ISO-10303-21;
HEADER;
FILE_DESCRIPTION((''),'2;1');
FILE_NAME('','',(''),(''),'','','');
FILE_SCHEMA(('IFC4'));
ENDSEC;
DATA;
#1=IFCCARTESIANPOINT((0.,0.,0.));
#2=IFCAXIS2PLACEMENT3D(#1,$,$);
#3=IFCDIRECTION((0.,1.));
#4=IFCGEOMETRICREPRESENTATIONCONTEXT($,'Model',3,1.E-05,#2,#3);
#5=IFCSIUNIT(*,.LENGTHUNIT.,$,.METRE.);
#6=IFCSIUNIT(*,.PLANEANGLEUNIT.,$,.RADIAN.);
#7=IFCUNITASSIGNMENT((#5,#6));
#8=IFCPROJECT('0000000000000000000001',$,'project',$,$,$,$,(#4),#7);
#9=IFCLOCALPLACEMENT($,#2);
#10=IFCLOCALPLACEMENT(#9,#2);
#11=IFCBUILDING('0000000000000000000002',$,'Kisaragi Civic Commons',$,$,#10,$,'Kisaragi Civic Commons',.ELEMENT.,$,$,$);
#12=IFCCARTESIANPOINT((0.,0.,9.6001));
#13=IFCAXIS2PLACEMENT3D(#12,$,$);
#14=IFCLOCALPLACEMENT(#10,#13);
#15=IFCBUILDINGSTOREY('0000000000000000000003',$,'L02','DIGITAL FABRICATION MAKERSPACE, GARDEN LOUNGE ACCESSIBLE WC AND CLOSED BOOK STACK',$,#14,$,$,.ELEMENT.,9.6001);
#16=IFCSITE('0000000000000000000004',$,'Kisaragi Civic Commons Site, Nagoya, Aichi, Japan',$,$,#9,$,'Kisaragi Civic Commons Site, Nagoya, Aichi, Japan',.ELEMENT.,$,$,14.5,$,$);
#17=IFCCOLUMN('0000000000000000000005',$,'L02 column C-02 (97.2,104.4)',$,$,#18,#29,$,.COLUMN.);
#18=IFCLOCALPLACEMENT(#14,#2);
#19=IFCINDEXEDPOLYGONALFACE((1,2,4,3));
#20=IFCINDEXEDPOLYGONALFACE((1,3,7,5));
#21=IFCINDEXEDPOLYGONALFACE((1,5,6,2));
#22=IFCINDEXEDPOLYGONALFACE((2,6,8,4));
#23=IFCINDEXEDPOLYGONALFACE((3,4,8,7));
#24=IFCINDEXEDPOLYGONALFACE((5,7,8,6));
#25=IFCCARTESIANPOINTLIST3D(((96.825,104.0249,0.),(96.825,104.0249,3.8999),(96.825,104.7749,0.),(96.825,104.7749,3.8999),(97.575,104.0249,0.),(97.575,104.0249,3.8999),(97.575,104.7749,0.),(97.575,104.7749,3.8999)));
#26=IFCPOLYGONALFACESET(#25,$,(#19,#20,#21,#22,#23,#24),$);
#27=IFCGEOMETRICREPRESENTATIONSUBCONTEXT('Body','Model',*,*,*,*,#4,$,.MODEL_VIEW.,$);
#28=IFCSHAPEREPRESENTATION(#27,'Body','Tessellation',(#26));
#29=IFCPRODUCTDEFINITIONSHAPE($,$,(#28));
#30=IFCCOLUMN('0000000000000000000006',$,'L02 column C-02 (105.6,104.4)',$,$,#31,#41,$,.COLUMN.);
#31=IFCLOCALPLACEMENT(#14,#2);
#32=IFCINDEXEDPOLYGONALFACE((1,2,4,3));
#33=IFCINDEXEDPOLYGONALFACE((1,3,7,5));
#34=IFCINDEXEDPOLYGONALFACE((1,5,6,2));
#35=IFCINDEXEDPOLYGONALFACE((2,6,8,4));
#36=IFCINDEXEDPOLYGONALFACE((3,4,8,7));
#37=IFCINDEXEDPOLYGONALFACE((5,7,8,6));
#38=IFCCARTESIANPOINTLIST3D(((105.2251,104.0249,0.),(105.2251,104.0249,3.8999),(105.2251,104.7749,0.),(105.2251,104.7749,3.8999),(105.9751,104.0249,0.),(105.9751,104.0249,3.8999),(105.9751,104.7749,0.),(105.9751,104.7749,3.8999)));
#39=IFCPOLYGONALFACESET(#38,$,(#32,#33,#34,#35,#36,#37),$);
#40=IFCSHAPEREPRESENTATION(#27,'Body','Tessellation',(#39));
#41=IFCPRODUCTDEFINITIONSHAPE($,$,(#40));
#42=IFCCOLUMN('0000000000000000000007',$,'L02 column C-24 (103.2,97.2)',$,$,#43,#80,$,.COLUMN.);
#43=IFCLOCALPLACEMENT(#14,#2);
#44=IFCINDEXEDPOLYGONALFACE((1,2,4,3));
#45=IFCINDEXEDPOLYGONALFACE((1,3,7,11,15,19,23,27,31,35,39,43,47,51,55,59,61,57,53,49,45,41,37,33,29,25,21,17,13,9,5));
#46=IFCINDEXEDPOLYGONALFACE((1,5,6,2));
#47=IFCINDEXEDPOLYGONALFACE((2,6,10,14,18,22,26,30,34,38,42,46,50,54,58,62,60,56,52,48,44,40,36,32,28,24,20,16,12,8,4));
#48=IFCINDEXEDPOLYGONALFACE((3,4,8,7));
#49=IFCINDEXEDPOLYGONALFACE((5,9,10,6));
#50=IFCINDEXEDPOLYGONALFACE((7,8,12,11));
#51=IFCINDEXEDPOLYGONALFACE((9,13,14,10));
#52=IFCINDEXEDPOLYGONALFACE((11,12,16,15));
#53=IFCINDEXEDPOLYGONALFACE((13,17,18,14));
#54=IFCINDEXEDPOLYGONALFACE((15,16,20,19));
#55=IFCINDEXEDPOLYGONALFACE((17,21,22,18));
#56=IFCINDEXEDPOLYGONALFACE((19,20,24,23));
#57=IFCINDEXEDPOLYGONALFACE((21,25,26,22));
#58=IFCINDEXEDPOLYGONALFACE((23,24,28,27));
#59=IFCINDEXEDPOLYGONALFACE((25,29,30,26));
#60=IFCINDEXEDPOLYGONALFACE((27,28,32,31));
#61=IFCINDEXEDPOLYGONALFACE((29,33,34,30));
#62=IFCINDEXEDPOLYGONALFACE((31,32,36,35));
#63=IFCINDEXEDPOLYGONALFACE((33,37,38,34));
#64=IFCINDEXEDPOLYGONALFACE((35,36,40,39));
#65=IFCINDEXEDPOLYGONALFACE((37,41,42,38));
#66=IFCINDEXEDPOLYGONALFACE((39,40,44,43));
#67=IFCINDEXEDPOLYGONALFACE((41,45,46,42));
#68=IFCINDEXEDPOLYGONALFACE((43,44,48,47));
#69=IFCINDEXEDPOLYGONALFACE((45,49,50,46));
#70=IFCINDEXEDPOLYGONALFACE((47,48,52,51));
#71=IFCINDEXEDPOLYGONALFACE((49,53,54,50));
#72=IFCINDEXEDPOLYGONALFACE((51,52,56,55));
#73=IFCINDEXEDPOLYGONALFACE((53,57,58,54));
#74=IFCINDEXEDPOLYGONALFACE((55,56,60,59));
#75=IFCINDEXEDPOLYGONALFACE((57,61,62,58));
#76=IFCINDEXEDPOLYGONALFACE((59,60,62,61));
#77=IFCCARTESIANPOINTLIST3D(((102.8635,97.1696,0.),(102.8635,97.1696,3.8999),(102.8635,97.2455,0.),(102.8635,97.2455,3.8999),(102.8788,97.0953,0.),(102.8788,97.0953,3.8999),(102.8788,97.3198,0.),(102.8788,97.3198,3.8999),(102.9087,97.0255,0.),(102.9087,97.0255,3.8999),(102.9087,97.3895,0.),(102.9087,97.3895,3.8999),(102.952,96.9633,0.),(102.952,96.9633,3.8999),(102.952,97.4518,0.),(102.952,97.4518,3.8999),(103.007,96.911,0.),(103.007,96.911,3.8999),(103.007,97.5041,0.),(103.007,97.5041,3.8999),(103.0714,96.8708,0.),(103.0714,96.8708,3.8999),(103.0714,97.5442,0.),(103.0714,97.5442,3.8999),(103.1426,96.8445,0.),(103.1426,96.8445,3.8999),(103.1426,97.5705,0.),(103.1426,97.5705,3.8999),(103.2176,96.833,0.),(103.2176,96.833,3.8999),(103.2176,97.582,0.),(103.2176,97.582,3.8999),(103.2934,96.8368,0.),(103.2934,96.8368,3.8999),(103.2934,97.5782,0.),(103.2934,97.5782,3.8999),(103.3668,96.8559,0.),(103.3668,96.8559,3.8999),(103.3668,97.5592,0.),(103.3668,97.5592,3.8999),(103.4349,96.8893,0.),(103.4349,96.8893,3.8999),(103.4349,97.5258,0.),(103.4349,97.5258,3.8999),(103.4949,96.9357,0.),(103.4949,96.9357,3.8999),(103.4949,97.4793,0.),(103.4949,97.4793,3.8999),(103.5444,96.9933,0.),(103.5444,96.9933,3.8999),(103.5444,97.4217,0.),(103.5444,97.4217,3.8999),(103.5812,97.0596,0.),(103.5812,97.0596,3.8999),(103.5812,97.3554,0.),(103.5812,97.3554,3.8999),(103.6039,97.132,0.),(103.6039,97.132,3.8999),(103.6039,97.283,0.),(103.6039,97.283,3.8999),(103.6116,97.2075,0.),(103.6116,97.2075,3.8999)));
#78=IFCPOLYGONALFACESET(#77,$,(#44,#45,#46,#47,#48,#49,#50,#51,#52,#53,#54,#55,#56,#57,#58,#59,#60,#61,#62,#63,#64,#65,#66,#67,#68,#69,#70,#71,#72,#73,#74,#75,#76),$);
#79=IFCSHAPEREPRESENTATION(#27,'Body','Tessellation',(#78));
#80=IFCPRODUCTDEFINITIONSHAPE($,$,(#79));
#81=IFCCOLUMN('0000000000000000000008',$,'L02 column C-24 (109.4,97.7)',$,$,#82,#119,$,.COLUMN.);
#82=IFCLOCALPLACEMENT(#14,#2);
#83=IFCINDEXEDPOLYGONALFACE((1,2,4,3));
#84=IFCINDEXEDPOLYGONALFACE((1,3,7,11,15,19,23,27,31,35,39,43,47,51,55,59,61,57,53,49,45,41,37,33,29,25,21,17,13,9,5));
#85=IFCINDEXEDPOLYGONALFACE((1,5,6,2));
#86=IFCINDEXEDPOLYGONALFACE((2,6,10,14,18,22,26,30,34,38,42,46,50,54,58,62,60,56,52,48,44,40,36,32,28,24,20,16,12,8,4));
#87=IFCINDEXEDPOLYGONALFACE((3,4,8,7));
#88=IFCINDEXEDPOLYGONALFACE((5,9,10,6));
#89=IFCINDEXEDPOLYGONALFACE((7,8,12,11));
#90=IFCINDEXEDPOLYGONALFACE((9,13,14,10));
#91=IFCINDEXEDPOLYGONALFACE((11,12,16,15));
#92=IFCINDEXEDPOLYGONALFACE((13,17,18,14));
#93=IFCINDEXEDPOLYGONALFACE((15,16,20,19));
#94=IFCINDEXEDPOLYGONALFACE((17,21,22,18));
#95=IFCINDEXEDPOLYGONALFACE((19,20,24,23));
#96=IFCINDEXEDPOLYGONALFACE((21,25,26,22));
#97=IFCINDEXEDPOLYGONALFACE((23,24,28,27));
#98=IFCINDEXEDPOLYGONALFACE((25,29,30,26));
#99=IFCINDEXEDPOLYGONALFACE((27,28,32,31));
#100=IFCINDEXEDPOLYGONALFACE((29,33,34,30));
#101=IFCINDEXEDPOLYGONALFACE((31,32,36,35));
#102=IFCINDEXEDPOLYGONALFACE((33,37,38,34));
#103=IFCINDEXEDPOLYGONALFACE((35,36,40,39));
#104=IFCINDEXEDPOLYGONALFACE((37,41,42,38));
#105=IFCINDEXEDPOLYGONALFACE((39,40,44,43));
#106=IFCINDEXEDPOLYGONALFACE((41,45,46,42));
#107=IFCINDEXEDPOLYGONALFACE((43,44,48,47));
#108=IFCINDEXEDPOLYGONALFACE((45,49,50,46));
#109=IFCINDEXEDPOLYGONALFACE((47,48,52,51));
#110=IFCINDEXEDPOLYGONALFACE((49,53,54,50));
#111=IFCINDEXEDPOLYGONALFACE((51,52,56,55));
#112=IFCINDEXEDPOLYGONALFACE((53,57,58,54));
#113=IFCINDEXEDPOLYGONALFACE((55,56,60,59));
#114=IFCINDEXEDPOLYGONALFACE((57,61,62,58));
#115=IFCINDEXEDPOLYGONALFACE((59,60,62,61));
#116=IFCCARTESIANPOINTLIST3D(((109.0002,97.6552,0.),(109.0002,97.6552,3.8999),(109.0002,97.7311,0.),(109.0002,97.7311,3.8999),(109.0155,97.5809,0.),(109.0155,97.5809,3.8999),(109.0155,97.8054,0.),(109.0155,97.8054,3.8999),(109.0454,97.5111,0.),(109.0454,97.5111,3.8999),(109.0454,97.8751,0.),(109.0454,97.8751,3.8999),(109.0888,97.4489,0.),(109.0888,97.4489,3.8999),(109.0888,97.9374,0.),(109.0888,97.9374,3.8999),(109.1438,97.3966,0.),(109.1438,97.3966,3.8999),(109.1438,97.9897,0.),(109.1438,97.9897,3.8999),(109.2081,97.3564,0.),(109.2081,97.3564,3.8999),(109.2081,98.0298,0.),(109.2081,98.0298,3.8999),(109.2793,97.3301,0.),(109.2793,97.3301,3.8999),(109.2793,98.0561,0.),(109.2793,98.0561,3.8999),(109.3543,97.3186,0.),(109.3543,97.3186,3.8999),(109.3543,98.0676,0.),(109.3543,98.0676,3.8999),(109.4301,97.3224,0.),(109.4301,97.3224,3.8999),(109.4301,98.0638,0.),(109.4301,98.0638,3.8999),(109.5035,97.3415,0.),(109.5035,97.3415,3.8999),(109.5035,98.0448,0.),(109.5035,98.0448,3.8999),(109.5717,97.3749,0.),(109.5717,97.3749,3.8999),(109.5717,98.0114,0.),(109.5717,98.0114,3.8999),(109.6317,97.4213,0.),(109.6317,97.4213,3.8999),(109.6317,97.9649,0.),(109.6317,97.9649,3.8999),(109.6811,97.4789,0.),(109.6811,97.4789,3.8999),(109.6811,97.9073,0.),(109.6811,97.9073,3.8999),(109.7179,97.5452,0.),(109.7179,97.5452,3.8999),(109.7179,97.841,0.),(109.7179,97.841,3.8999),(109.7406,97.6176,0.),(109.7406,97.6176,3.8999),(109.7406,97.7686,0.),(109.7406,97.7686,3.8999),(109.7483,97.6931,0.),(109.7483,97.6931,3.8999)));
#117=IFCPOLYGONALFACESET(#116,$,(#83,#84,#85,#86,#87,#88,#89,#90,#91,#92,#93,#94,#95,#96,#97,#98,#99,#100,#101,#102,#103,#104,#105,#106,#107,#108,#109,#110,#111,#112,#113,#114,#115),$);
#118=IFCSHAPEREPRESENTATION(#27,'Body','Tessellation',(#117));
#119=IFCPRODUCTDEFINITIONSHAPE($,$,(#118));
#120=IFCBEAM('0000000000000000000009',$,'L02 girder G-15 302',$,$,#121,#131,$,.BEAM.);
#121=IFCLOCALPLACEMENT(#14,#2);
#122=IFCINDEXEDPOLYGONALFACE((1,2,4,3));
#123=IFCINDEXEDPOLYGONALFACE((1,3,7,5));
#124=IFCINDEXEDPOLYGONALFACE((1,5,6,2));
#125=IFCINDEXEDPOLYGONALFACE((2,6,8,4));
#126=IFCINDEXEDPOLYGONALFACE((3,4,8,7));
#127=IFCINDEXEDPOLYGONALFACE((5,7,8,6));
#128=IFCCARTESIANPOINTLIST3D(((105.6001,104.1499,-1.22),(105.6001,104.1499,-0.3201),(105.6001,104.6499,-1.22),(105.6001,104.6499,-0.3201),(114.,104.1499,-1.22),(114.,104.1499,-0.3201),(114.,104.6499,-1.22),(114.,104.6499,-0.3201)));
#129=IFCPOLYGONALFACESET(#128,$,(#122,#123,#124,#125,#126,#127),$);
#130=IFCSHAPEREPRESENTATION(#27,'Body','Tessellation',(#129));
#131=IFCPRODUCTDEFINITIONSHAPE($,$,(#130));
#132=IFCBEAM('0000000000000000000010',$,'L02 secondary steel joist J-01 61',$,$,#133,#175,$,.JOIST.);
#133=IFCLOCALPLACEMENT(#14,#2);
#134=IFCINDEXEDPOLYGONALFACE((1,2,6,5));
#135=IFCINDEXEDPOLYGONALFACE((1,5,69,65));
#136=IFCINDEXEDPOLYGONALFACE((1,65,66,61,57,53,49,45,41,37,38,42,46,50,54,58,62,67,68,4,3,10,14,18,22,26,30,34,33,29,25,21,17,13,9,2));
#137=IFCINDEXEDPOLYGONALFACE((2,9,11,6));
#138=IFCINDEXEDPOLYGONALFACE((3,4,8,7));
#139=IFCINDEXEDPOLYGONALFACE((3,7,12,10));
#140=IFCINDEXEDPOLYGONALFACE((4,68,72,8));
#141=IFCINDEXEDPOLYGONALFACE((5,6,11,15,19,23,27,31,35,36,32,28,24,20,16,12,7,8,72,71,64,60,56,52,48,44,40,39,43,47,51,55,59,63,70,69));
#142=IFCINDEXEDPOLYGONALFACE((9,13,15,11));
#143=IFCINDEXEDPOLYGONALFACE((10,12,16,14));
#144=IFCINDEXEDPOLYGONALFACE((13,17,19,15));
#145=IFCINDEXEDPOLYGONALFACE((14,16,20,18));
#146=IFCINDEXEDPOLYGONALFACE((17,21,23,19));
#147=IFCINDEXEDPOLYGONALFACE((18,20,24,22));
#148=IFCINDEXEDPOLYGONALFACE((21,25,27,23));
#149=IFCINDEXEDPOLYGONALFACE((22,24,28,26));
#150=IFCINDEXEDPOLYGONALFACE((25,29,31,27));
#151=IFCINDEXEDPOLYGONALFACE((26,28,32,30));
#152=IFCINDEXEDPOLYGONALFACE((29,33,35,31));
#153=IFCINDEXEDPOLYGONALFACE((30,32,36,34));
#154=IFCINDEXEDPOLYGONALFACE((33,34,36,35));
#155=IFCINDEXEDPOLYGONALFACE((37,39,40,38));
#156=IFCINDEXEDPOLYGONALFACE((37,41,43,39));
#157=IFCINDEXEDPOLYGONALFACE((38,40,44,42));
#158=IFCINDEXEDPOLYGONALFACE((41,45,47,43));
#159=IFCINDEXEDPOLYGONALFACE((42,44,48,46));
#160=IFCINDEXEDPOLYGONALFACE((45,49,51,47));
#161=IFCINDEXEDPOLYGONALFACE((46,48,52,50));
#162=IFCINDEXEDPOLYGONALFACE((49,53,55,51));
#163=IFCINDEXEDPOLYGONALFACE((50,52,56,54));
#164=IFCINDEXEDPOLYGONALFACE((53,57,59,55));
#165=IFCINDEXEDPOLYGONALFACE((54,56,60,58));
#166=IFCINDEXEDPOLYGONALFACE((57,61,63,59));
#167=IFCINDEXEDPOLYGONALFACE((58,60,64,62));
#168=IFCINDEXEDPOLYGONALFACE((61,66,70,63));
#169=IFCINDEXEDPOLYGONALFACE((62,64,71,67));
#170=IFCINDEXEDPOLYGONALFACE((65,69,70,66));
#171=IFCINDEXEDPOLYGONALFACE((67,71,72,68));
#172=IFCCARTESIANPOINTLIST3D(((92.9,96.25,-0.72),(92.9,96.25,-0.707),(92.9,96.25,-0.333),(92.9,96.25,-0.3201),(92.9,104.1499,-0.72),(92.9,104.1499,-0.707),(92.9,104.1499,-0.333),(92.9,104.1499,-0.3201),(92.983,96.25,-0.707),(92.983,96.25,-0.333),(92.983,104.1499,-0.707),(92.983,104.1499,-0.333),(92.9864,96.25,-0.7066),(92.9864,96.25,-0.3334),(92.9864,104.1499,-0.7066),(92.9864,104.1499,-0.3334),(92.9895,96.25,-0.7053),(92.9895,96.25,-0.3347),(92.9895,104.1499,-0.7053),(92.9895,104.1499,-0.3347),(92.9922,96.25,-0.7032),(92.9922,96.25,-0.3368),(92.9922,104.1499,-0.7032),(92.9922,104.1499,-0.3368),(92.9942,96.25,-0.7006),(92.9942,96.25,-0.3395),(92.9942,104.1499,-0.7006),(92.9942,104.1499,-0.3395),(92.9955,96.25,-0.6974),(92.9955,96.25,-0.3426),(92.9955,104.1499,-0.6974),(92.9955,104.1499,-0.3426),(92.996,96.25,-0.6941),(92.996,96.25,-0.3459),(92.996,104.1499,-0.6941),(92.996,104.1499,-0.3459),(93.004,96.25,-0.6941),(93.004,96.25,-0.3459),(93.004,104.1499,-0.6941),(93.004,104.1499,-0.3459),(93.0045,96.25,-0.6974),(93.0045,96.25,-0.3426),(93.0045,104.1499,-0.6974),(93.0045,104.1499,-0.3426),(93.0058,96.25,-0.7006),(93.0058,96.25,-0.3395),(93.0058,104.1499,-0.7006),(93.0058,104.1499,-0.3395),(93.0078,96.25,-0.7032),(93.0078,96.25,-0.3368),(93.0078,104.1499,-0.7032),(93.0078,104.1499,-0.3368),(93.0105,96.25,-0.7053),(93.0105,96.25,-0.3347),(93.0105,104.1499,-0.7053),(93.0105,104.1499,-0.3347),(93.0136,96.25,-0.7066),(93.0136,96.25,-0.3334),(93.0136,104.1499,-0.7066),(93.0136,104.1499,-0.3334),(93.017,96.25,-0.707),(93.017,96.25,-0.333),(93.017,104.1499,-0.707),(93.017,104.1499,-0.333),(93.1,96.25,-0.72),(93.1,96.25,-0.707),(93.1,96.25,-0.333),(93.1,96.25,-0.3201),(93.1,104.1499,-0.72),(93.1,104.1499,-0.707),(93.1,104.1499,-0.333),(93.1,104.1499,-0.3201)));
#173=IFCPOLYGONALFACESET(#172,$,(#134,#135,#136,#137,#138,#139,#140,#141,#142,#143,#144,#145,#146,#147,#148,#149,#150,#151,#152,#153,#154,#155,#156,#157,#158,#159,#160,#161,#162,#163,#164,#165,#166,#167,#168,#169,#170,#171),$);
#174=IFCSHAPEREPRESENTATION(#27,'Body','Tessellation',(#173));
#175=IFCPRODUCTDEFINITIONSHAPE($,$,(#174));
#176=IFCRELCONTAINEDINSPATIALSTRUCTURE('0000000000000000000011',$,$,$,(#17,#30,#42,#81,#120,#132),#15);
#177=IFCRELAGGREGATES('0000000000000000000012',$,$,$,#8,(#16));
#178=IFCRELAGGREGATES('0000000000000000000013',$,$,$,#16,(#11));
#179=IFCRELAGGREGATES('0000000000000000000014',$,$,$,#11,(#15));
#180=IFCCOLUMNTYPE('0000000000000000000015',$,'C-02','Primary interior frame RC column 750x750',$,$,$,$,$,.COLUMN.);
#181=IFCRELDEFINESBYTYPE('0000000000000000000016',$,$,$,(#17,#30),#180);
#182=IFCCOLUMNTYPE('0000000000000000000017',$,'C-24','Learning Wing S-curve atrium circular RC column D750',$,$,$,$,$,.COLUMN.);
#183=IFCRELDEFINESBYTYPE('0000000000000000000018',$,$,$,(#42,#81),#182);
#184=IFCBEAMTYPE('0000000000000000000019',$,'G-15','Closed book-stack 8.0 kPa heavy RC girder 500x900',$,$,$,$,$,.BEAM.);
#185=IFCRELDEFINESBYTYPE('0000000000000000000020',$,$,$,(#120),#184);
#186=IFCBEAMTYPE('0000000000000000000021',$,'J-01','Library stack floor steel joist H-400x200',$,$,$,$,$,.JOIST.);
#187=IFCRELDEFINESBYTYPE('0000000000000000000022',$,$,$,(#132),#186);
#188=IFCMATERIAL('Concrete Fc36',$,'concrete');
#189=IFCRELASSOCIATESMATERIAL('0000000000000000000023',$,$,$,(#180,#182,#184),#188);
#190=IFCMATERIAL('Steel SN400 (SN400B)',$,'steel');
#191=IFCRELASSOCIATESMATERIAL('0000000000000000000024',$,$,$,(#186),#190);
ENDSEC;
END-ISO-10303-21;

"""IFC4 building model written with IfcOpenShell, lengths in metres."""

from ifc_helpers import new_model, si_unit, direction, frame, origin, origin_2d, place, context, subcontext, project, spatial, rectangle, circle, i_section, extrude, material, material_profile, profile_set, type_object, element, save


model = new_model("IFC4")

# Units and contexts
model_context = context("Model", 3, precision=1e-05, world=origin(), true_north=direction((0.0, 1.0)))
body_context = subcontext(model_context, "Body", "Model", "MODEL_VIEW")
ifc_project = project(units=[si_unit("LENGTHUNIT", "METRE"), si_unit("PLANEANGLEUNIT", "RADIAN")], contexts=[model_context])

# Site, building, storey
site_placement = place(None, origin())
site = spatial("IfcSite", under=ifc_project, at=site_placement, Name="Kisaragi Civic Commons Site, Nagoya, Aichi, Japan", LongName="Kisaragi Civic Commons Site, Nagoya, Aichi, Japan", CompositionType="ELEMENT", RefElevation=14.5)
building_placement = place(site_placement, origin())
building = spatial("IfcBuilding", under=site, at=building_placement, Name="Kisaragi Civic Commons", LongName="Kisaragi Civic Commons", CompositionType="ELEMENT")
storey_placement = place(building_placement, frame((0.0, 0.0, 9.6001)))
storey = spatial("IfcBuildingStorey", under=building, at=storey_placement, Name="L02", Description="DIGITAL FABRICATION MAKERSPACE, GARDEN LOUNGE ACCESSIBLE WC AND CLOSED BOOK STACK", CompositionType="ELEMENT", Elevation=9.6001)

# Columns
ifc_material_1 = material(Name="Concrete Fc36", Category="concrete")
ifc_material_profile_1 = material_profile(ifc_material_1, rectangle(XDim=0.75, YDim=0.75, at=origin_2d()), Name="RC-750x750", Category="concrete")
ifc_profile_set_1 = profile_set([ifc_material_profile_1], Name="Concrete Fc36")
column_type_1 = type_object("IfcColumnType", Name="C-02", Description="Primary interior frame RC column 750x750", PredefinedType="COLUMN", material=ifc_profile_set_1)
for number, where, z_axis, x_axis, name in (
    (1, (97.2, 104.3999, 0.0), (0.0, 0.0, 1.0), (1.0, 0.0, 0.0), "L02 column C-02 (97.2,104.4)"),
    (2, (105.6001, 104.3999, 0.0), (0.0, 0.0, 1.0), (1.0, 0.0, 0.0), "L02 column C-02 (105.6,104.4)"),
):
    element("IfcColumn", number, at=place(storey_placement, frame(where, z_axis=z_axis, x_axis=x_axis)), inside=storey, type_object=column_type_1, Name=name, PredefinedType="COLUMN", context=body_context, shape_type="SweptSolid", body=[
        extrude(rectangle(XDim=0.75, YDim=0.75, at=origin_2d()), origin(), (0.0, 0.0, 1.0), 3.8999),
    ])
ifc_material_profile_2 = material_profile(ifc_material_1, circle(Radius=0.375, at=origin_2d()), Name="RC-D750", Category="concrete")
ifc_profile_set_2 = profile_set([ifc_material_profile_2], Name="Concrete Fc36")
column_type_2 = type_object("IfcColumnType", Name="C-24", Description="Learning Wing S-curve atrium circular RC column D750", PredefinedType="COLUMN", material=ifc_profile_set_2)
for number, where, z_axis, x_axis, name in (
    (3, (103.2366, 97.2075, 0.0), (0.0, 0.0, 1.0), (1.0, 0.0, 0.0), "L02 column C-24 (103.2,97.2)"),
    (4, (109.3733, 97.6931, 0.0), (0.0, 0.0, 1.0), (1.0, 0.0, 0.0), "L02 column C-24 (109.4,97.7)"),
):
    element("IfcColumn", number, at=place(storey_placement, frame(where, z_axis=z_axis, x_axis=x_axis)), inside=storey, type_object=column_type_2, Name=name, PredefinedType="COLUMN", context=body_context, shape_type="SweptSolid", body=[
        extrude(circle(Radius=0.375, at=origin_2d()), origin(), (0.0, 0.0, 1.0), 3.8999),
    ])

# Beams
ifc_material_profile_3 = material_profile(ifc_material_1, rectangle(XDim=0.5, YDim=0.8999, at=origin_2d()), Name="RC-500x900", Category="concrete")
ifc_profile_set_3 = profile_set([ifc_material_profile_3], Name="Concrete Fc36")
beam_type_1 = type_object("IfcBeamType", Name="G-15", Description="Closed book-stack 8.0 kPa heavy RC girder 500x900", PredefinedType="BEAM", material=ifc_profile_set_3)
beam_1_placement = place(storey_placement, frame((105.6001, 104.3999, -0.77), z_axis=(1.0, 0.0, 0.0), x_axis=(0.0, 1.0, 0.0)))
element("IfcBeam", 5, at=beam_1_placement, inside=storey, type_object=beam_type_1, Name="L02 girder G-15 302", PredefinedType="BEAM", context=body_context, shape_type="SweptSolid", body=[
    extrude(rectangle(XDim=0.5, YDim=0.8999, at=origin_2d()), origin(), (0.0, 0.0, 1.0), 8.3999),
])
ifc_material_2 = material(Name="Steel SN400 (SN400B)", Category="steel")
ifc_material_profile_4 = material_profile(ifc_material_2, i_section(OverallWidth=0.2, OverallDepth=0.3999, WebThickness=0.0081, FlangeThickness=0.0129, FilletRadius=0.0129, at=origin_2d()), Name="H-400x200x8x13", Category="steel")
ifc_profile_set_4 = profile_set([ifc_material_profile_4], Name="Steel SN400 (SN400B)")
beam_type_2 = type_object("IfcBeamType", Name="J-01", Description="Library stack floor steel joist H-400x200", PredefinedType="JOIST", material=ifc_profile_set_4)
beam_2_placement = place(storey_placement, frame((93.0, 96.25, -0.52), z_axis=(0.0, 1.0, 0.0), x_axis=(-1.0, 0.0, 0.0)))
element("IfcBeam", 6, at=beam_2_placement, inside=storey, type_object=beam_type_2, Name="L02 secondary steel joist J-01 61", PredefinedType="JOIST", context=body_context, shape_type="SweptSolid", body=[
    extrude(i_section(OverallWidth=0.2, OverallDepth=0.3999, WebThickness=0.0081, FlangeThickness=0.0129, FilletRadius=0.0129, at=origin_2d()), origin(), (0.0, 0.0, 1.0), 7.8999),
])

save(model, "model.ifc")
